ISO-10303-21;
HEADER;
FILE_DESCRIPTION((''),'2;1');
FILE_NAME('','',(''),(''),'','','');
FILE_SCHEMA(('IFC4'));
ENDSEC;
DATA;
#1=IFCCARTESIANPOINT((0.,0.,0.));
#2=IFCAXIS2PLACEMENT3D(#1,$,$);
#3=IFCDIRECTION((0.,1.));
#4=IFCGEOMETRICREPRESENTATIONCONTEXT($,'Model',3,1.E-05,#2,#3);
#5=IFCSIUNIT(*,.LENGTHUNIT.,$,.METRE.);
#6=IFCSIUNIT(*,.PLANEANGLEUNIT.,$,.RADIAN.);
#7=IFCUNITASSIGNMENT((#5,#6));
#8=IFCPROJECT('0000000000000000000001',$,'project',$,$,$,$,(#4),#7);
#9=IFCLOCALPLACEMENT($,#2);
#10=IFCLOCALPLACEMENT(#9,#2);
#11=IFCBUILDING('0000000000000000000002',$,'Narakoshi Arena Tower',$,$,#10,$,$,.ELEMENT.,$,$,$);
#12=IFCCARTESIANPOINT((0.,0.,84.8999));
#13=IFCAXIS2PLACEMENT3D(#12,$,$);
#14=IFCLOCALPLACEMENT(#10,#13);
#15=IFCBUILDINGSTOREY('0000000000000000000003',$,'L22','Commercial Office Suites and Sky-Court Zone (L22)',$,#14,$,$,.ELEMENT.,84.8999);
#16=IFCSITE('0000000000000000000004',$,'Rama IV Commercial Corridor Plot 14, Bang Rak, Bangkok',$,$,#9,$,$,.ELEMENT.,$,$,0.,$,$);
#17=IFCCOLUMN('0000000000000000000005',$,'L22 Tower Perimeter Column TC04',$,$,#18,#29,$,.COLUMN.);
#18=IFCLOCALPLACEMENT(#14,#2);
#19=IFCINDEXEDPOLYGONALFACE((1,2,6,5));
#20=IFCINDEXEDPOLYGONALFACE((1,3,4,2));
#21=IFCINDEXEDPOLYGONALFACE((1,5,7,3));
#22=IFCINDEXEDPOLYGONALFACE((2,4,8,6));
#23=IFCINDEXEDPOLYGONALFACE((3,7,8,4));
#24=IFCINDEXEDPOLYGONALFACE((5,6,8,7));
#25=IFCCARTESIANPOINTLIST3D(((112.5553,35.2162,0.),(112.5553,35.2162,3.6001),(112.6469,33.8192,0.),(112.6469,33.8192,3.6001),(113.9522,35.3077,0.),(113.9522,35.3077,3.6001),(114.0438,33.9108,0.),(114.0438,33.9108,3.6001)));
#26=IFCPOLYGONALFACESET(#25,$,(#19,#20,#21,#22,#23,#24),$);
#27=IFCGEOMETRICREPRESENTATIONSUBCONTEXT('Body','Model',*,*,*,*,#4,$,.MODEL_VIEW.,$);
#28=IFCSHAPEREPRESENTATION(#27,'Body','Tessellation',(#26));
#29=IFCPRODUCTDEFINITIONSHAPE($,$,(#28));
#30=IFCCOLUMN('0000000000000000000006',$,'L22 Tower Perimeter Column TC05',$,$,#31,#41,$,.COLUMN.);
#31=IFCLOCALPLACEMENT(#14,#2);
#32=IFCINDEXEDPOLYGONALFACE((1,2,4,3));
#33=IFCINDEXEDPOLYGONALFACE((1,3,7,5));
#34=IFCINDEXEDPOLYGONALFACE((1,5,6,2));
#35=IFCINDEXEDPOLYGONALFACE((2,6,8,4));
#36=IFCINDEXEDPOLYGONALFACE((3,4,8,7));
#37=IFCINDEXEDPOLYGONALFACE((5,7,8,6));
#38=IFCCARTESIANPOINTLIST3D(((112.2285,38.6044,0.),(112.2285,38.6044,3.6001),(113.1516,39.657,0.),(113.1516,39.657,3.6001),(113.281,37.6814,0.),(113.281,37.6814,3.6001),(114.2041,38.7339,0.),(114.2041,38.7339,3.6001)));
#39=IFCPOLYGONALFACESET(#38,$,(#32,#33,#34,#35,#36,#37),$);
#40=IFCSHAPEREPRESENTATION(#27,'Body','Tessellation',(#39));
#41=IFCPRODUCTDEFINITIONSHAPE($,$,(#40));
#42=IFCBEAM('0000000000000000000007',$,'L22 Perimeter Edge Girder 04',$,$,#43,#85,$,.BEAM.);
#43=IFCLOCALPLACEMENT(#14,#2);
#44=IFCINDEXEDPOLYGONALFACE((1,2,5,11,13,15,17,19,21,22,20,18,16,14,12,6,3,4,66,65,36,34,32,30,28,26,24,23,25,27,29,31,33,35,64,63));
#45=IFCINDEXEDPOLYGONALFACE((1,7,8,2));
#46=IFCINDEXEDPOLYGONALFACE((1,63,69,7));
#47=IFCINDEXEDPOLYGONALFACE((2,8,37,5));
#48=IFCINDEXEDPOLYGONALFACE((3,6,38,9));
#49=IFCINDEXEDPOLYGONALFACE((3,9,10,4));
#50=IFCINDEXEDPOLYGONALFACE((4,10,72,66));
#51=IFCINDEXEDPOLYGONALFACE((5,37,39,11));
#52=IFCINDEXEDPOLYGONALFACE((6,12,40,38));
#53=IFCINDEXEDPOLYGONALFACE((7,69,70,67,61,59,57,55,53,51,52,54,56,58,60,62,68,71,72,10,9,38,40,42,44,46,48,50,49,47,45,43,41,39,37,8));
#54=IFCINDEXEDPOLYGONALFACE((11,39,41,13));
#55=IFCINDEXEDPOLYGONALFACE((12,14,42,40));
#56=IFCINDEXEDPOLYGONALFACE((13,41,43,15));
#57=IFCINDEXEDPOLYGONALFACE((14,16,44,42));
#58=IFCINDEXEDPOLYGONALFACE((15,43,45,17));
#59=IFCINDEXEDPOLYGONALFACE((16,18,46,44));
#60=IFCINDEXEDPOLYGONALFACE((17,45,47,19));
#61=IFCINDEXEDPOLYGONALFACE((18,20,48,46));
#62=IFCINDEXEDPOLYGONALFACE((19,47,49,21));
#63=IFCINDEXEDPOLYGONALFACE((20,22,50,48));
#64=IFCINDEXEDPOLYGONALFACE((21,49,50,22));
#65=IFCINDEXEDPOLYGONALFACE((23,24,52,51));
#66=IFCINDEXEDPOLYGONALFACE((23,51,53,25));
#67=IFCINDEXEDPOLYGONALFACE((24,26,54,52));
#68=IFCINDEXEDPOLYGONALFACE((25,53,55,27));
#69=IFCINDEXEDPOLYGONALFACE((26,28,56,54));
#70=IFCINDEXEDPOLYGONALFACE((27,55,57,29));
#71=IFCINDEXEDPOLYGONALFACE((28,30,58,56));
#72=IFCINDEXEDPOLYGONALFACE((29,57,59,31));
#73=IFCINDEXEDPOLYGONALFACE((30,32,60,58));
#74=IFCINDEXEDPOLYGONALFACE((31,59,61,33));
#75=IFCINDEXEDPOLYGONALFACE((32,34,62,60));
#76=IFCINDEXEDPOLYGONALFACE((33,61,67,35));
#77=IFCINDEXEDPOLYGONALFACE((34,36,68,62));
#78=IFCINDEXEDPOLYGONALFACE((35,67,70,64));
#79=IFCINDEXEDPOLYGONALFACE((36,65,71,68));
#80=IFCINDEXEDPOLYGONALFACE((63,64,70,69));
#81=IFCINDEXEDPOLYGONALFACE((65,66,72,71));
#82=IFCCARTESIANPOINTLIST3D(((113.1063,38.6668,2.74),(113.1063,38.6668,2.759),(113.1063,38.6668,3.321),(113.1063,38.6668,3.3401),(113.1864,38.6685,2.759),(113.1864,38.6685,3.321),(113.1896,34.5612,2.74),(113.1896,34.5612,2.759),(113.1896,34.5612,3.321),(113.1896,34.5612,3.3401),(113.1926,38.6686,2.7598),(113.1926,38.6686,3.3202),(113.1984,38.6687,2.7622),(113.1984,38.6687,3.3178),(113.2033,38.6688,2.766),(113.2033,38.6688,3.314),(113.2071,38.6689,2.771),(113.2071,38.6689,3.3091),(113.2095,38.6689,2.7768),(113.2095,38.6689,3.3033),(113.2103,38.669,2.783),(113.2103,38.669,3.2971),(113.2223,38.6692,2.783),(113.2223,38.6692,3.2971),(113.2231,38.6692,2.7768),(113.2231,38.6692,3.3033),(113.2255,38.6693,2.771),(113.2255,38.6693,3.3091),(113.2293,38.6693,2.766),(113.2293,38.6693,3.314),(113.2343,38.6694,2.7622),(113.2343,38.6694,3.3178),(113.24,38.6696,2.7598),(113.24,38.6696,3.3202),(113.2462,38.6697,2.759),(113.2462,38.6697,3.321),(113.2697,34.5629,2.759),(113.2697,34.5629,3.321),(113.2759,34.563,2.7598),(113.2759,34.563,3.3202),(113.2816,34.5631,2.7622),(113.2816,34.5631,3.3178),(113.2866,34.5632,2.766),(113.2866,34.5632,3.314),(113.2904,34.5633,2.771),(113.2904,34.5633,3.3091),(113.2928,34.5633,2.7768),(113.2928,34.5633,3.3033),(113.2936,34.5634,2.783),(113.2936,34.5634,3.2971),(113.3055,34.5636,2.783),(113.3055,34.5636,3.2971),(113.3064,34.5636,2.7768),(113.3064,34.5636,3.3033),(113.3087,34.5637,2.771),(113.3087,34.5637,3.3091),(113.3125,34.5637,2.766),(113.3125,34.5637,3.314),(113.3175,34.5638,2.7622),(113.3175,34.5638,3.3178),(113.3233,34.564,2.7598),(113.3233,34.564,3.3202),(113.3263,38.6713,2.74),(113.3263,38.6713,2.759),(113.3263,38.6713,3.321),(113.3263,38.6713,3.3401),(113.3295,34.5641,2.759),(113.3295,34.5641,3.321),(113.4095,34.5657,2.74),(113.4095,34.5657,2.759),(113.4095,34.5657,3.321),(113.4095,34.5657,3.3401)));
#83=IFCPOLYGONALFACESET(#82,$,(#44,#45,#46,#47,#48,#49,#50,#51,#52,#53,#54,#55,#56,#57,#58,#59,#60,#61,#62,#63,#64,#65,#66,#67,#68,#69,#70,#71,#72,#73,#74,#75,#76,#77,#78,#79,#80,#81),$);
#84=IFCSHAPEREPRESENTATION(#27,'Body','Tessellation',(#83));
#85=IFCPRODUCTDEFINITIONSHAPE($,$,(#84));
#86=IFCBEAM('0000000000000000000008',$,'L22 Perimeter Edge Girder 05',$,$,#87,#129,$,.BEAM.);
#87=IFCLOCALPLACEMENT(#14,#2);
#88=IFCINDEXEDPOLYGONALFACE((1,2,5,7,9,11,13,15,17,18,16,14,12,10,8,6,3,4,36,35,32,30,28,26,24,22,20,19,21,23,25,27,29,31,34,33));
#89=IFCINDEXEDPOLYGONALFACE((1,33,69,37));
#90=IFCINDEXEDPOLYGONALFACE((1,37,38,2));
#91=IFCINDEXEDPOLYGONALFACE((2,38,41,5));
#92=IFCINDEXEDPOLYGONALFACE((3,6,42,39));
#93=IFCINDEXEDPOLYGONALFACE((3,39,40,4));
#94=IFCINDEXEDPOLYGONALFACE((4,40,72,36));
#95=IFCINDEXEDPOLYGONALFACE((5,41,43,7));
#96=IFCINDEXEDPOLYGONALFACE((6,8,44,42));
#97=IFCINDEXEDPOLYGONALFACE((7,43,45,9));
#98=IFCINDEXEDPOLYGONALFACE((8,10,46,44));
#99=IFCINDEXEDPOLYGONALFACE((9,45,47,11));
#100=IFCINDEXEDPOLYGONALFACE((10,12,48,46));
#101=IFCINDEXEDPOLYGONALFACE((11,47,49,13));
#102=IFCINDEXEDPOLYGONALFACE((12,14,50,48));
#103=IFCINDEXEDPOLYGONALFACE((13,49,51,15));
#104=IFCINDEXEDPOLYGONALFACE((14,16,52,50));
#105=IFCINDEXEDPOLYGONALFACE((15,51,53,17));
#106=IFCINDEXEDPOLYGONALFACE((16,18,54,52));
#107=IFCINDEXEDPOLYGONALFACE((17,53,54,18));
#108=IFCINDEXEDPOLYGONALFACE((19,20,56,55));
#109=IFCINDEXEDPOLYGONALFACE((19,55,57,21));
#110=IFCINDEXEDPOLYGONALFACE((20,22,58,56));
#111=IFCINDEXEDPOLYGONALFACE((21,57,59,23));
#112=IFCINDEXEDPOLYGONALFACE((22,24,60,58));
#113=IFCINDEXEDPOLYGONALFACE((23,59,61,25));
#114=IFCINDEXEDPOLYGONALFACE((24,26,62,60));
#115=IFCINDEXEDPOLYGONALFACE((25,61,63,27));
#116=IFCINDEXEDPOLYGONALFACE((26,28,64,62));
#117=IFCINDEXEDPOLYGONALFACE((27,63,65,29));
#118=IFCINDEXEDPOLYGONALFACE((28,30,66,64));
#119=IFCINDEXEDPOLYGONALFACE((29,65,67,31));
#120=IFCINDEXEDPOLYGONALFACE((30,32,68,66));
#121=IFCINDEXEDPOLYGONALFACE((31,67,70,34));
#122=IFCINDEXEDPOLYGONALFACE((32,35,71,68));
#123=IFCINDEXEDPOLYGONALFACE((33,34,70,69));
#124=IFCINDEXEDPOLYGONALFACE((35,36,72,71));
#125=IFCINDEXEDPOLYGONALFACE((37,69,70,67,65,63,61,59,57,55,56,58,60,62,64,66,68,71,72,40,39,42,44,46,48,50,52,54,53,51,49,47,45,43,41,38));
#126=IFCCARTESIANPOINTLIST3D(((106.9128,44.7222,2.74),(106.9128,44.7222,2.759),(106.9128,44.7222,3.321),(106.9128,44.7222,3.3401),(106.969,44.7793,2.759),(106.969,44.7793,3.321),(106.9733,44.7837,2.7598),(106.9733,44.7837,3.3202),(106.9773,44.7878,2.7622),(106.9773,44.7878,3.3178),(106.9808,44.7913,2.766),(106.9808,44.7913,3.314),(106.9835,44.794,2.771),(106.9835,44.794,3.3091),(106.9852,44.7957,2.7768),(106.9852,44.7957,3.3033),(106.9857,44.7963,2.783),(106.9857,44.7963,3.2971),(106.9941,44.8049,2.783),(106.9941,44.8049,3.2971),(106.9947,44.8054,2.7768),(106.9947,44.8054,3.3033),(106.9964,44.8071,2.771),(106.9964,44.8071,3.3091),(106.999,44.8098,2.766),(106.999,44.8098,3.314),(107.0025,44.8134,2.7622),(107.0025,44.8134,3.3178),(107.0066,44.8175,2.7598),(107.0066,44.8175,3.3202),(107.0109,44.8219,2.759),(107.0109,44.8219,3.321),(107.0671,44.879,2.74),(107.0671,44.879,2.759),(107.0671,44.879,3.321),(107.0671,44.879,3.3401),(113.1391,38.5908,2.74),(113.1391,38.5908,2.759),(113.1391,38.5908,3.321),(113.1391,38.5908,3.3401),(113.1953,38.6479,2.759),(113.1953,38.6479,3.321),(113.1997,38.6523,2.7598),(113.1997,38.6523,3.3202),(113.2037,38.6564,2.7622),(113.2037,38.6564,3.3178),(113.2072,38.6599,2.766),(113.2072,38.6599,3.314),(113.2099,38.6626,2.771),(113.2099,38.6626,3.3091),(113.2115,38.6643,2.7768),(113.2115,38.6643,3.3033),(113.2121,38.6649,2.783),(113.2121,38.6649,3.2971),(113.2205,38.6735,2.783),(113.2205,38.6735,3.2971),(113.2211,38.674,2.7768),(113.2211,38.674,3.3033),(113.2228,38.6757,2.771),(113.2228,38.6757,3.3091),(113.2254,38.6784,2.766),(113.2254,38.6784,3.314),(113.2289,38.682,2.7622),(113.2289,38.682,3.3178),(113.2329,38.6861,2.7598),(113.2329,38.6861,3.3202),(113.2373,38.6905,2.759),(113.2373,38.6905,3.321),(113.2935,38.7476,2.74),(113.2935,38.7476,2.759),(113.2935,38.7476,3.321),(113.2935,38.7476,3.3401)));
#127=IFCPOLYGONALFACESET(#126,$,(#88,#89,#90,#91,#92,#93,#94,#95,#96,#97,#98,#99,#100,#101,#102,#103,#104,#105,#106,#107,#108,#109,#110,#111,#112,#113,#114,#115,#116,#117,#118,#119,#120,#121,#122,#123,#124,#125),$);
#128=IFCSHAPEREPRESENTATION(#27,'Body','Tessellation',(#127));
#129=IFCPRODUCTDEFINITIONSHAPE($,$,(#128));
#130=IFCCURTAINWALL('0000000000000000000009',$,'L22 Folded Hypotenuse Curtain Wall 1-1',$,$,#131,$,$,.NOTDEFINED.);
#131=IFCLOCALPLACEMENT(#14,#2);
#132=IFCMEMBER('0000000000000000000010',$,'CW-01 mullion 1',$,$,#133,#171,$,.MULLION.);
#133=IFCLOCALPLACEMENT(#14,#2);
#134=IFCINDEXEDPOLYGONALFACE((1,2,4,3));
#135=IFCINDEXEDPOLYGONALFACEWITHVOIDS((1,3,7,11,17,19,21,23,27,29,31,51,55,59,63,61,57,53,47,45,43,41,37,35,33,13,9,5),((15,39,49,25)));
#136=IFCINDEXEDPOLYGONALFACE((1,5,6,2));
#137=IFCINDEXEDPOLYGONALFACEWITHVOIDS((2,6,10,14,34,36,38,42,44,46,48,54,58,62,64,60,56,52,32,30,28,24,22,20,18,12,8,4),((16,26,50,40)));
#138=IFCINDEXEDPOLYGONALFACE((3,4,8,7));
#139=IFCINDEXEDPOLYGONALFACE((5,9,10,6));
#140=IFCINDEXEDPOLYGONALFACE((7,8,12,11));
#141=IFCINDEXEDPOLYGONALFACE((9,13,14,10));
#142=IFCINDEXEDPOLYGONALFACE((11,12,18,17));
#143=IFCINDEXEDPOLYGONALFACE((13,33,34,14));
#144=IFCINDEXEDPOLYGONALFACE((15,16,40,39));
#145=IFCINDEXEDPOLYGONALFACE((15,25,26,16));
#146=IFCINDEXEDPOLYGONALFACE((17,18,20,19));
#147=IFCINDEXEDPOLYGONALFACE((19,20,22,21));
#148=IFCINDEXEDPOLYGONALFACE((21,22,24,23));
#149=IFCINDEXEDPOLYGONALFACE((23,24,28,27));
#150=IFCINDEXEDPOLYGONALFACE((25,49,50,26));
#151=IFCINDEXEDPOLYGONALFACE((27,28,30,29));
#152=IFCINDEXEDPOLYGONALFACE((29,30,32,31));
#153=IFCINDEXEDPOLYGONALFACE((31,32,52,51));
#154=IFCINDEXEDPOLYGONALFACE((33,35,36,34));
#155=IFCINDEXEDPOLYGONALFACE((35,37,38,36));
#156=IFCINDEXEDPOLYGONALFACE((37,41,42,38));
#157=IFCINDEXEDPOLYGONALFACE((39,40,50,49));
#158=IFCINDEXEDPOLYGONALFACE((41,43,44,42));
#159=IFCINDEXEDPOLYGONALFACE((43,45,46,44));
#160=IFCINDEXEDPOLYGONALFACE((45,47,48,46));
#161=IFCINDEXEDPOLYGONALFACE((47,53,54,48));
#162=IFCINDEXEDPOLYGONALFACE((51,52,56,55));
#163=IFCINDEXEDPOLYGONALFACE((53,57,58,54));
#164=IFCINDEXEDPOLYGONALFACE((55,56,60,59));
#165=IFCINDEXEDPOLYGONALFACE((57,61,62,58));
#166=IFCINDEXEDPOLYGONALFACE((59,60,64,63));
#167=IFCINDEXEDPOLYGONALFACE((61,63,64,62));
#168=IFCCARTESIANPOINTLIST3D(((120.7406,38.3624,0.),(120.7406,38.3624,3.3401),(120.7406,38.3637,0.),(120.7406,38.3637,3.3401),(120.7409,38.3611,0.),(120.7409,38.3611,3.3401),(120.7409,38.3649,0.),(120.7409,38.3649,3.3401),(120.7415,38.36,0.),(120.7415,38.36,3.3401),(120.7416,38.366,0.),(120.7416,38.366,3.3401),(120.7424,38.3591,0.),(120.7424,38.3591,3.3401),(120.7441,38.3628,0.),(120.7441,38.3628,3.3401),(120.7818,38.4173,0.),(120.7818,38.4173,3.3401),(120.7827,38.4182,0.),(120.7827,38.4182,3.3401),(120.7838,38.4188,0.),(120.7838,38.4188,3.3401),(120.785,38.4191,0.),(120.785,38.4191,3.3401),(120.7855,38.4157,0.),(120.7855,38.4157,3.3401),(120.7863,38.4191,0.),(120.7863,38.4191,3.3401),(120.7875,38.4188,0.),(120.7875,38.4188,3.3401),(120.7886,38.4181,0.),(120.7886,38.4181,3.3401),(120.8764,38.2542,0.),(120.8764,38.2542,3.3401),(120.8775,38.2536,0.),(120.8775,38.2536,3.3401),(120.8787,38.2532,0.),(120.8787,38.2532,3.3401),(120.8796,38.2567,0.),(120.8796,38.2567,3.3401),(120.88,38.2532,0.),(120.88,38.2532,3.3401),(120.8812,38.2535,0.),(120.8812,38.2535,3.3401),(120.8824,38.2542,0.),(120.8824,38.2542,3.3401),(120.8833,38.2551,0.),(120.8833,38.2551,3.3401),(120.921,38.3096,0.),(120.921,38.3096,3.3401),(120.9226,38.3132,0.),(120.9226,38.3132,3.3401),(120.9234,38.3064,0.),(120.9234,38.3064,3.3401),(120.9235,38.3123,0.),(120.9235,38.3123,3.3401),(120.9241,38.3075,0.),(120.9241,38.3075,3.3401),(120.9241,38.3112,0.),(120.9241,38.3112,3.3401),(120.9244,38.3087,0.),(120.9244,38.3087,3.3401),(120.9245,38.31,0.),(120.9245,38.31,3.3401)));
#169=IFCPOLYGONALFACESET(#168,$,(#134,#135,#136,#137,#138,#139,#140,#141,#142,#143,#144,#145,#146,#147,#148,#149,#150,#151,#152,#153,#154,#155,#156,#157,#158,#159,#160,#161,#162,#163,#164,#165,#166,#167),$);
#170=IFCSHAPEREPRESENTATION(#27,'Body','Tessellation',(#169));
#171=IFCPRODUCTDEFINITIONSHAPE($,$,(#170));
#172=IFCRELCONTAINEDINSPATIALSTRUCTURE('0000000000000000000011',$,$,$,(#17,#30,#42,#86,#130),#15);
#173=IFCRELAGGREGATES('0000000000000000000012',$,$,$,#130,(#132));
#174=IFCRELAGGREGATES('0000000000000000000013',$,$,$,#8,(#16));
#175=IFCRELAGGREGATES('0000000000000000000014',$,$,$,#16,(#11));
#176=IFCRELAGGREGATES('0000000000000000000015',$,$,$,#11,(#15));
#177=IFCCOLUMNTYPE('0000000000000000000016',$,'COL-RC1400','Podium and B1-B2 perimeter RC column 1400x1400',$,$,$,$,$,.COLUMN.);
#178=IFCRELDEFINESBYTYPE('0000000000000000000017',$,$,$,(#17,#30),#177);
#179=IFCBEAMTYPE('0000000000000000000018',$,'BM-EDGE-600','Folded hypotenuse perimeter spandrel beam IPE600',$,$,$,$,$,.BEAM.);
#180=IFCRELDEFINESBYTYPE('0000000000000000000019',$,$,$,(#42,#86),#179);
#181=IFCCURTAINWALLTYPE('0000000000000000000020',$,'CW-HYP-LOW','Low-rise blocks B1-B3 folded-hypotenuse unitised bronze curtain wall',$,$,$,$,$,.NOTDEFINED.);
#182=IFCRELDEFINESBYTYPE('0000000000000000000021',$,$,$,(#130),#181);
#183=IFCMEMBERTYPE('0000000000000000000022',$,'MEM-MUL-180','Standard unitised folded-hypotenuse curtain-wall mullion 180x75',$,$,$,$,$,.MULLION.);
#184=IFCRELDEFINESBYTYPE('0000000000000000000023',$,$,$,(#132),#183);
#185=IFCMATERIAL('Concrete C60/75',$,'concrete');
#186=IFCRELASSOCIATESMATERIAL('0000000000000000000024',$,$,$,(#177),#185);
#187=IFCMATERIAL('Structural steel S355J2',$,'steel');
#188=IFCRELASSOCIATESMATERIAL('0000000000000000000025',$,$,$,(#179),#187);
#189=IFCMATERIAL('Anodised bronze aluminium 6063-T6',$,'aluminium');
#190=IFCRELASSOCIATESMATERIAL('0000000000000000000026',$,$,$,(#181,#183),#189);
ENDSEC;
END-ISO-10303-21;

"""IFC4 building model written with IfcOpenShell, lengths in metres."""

from ifc_helpers import new_model, si_unit, direction, frame, origin, origin_2d, place, context, subcontext, project, spatial, rectangle, hollow_rectangle, i_section, extrude, material, material_profile, profile_set, type_object, element, aggregate, save


model = new_model("IFC4")

# Units and contexts
model_context = context("Model", 3, precision=1e-05, world=origin(), true_north=direction((0.0, 1.0)))
body_context = subcontext(model_context, "Body", "Model", "MODEL_VIEW")
ifc_project = project(units=[si_unit("LENGTHUNIT", "METRE"), si_unit("PLANEANGLEUNIT", "RADIAN")], contexts=[model_context])

# Site, building, storey
site_placement = place(None, origin())
site = spatial("IfcSite", under=ifc_project, at=site_placement, Name="Rama IV Commercial Corridor Plot 14, Bang Rak, Bangkok", CompositionType="ELEMENT", RefElevation=0.0)
building_placement = place(site_placement, origin())
building = spatial("IfcBuilding", under=site, at=building_placement, Name="Narakoshi Arena Tower", CompositionType="ELEMENT")
storey_placement = place(building_placement, frame((0.0, 0.0, 84.8999)))
storey = spatial("IfcBuildingStorey", under=building, at=storey_placement, Name="L22", Description="Commercial Office Suites and Sky-Court Zone (L22)", CompositionType="ELEMENT", Elevation=84.8999)

# Columns
ifc_material_1 = material(Name="Concrete C60/75", Category="concrete")
ifc_material_profile_1 = material_profile(ifc_material_1, rectangle(XDim=1.3999, YDim=1.3999, at=origin_2d()), Name="RC1400x1400")
ifc_profile_set_1 = profile_set([ifc_material_profile_1], Name="Concrete C60/75")
column_type = type_object("IfcColumnType", Name="COL-RC1400", Description="Podium and B1-B2 perimeter RC column 1400x1400", PredefinedType="COLUMN", material=ifc_profile_set_1)
for number, where, z_axis, x_axis, name in (
    (1, (113.2996, 34.5635, 0.0), (0.0, 0.0, 1.0), (0.997859, 0.065403, 0.0), "L22 Tower Perimeter Column TC04"),
    (2, (113.2163, 38.6692, 0.0), (0.0, 0.0, 1.0), (0.659346, 0.75184, 0.0), "L22 Tower Perimeter Column TC05"),
):
    element("IfcColumn", number, at=place(storey_placement, frame(where, z_axis=z_axis, x_axis=x_axis)), inside=storey, type_object=column_type, Name=name, PredefinedType="COLUMN", context=body_context, shape_type="SweptSolid", body=[
        extrude(rectangle(XDim=1.3999, YDim=1.3999, at=origin_2d()), origin(), (0.0, 0.0, 1.0), 3.6001),
    ])

# Beams
ifc_material_2 = material(Name="Structural steel S355J2", Category="steel")
ifc_material_profile_2 = material_profile(ifc_material_2, i_section(OverallWidth=0.22, OverallDepth=0.6001, WebThickness=0.012, FlangeThickness=0.019, FilletRadius=0.0239, at=origin_2d()), Name="IPE600")
ifc_profile_set_2 = profile_set([ifc_material_profile_2], Name="Structural steel S355J2")
beam_type = type_object("IfcBeamType", Name="BM-EDGE-600", Description="Folded hypotenuse perimeter spandrel beam IPE600", PredefinedType="BEAM", material=ifc_profile_set_2)
beam_1_placement = place(storey_placement, frame((113.2996, 34.5635, 3.04), z_axis=(-0.020273, 0.999794, 0.0), x_axis=(-0.999794, -0.020273, 0.0)))
element("IfcBeam", 3, at=beam_1_placement, inside=storey, type_object=beam_type, Name="L22 Perimeter Edge Girder 04", PredefinedType="BEAM", context=body_context, shape_type="SweptSolid", body=[
    extrude(i_section(OverallWidth=0.22, OverallDepth=0.6001, WebThickness=0.012, FlangeThickness=0.019, FilletRadius=0.0239, at=origin_2d()), origin(), (0.0, 0.0, 1.0), 4.1064),
])
beam_2_placement = place(storey_placement, frame((113.2163, 38.6692, 3.04), z_axis=(-0.71252, 0.701652, 0.0), x_axis=(-0.701652, -0.71252, 0.0)))
element("IfcBeam", 4, at=beam_2_placement, inside=storey, type_object=beam_type, Name="L22 Perimeter Edge Girder 05", PredefinedType="BEAM", context=body_context, shape_type="SweptSolid", body=[
    extrude(i_section(OverallWidth=0.22, OverallDepth=0.6001, WebThickness=0.012, FlangeThickness=0.019, FilletRadius=0.0239, at=origin_2d()), origin(), (0.0, 0.0, 1.0), 8.7385),
])

# Curtain wall, member
ifc_material_3 = material(Name="Anodised bronze aluminium 6063-T6", Category="aluminium")
curtain_wall_type = type_object("IfcCurtainWallType", Name="CW-HYP-LOW", Description="Low-rise blocks B1-B3 folded-hypotenuse unitised bronze curtain wall", PredefinedType="NOTDEFINED", material=ifc_material_3)
curtain_wall_placement = place(storey_placement, origin())
curtain_wall = element("IfcCurtainWall", 5, at=curtain_wall_placement, inside=storey, type_object=curtain_wall_type, Name="L22 Folded Hypotenuse Curtain Wall 1-1", PredefinedType="NOTDEFINED")
ifc_material_profile_3 = material_profile(ifc_material_3, hollow_rectangle(XDim=0.075, YDim=0.1799, WallThickness=0.0039, OuterFilletRadius=0.0049, at=origin_2d()), Name="MUL180x75x4")
ifc_profile_set_3 = profile_set([ifc_material_profile_3], Name="Anodised bronze aluminium 6063-T6")
member_type_1 = type_object("IfcMemberType", Name="MEM-MUL-180", Description="Standard unitised folded-hypotenuse curtain-wall mullion 180x75", PredefinedType="MULLION", material=ifc_profile_set_3)
member_1_placement = place(storey_placement, frame((120.8325, 38.3362, 0.0), z_axis=(0.0, 0.0, 1.0), x_axis=(-0.616458, -0.787388, 0.0)))
member_1 = element("IfcMember", 6, at=member_1_placement, type_object=member_type_1, Name="CW-01 mullion 1", PredefinedType="MULLION", context=body_context, shape_type="SweptSolid", body=[
    extrude(hollow_rectangle(XDim=0.075, YDim=0.1799, WallThickness=0.0039, OuterFilletRadius=0.0049, at=origin_2d()), origin(), (0.0, 0.0, 1.0), 3.3401),
])
aggregate(curtain_wall, [member_1])

save(model, "model.ifc")
